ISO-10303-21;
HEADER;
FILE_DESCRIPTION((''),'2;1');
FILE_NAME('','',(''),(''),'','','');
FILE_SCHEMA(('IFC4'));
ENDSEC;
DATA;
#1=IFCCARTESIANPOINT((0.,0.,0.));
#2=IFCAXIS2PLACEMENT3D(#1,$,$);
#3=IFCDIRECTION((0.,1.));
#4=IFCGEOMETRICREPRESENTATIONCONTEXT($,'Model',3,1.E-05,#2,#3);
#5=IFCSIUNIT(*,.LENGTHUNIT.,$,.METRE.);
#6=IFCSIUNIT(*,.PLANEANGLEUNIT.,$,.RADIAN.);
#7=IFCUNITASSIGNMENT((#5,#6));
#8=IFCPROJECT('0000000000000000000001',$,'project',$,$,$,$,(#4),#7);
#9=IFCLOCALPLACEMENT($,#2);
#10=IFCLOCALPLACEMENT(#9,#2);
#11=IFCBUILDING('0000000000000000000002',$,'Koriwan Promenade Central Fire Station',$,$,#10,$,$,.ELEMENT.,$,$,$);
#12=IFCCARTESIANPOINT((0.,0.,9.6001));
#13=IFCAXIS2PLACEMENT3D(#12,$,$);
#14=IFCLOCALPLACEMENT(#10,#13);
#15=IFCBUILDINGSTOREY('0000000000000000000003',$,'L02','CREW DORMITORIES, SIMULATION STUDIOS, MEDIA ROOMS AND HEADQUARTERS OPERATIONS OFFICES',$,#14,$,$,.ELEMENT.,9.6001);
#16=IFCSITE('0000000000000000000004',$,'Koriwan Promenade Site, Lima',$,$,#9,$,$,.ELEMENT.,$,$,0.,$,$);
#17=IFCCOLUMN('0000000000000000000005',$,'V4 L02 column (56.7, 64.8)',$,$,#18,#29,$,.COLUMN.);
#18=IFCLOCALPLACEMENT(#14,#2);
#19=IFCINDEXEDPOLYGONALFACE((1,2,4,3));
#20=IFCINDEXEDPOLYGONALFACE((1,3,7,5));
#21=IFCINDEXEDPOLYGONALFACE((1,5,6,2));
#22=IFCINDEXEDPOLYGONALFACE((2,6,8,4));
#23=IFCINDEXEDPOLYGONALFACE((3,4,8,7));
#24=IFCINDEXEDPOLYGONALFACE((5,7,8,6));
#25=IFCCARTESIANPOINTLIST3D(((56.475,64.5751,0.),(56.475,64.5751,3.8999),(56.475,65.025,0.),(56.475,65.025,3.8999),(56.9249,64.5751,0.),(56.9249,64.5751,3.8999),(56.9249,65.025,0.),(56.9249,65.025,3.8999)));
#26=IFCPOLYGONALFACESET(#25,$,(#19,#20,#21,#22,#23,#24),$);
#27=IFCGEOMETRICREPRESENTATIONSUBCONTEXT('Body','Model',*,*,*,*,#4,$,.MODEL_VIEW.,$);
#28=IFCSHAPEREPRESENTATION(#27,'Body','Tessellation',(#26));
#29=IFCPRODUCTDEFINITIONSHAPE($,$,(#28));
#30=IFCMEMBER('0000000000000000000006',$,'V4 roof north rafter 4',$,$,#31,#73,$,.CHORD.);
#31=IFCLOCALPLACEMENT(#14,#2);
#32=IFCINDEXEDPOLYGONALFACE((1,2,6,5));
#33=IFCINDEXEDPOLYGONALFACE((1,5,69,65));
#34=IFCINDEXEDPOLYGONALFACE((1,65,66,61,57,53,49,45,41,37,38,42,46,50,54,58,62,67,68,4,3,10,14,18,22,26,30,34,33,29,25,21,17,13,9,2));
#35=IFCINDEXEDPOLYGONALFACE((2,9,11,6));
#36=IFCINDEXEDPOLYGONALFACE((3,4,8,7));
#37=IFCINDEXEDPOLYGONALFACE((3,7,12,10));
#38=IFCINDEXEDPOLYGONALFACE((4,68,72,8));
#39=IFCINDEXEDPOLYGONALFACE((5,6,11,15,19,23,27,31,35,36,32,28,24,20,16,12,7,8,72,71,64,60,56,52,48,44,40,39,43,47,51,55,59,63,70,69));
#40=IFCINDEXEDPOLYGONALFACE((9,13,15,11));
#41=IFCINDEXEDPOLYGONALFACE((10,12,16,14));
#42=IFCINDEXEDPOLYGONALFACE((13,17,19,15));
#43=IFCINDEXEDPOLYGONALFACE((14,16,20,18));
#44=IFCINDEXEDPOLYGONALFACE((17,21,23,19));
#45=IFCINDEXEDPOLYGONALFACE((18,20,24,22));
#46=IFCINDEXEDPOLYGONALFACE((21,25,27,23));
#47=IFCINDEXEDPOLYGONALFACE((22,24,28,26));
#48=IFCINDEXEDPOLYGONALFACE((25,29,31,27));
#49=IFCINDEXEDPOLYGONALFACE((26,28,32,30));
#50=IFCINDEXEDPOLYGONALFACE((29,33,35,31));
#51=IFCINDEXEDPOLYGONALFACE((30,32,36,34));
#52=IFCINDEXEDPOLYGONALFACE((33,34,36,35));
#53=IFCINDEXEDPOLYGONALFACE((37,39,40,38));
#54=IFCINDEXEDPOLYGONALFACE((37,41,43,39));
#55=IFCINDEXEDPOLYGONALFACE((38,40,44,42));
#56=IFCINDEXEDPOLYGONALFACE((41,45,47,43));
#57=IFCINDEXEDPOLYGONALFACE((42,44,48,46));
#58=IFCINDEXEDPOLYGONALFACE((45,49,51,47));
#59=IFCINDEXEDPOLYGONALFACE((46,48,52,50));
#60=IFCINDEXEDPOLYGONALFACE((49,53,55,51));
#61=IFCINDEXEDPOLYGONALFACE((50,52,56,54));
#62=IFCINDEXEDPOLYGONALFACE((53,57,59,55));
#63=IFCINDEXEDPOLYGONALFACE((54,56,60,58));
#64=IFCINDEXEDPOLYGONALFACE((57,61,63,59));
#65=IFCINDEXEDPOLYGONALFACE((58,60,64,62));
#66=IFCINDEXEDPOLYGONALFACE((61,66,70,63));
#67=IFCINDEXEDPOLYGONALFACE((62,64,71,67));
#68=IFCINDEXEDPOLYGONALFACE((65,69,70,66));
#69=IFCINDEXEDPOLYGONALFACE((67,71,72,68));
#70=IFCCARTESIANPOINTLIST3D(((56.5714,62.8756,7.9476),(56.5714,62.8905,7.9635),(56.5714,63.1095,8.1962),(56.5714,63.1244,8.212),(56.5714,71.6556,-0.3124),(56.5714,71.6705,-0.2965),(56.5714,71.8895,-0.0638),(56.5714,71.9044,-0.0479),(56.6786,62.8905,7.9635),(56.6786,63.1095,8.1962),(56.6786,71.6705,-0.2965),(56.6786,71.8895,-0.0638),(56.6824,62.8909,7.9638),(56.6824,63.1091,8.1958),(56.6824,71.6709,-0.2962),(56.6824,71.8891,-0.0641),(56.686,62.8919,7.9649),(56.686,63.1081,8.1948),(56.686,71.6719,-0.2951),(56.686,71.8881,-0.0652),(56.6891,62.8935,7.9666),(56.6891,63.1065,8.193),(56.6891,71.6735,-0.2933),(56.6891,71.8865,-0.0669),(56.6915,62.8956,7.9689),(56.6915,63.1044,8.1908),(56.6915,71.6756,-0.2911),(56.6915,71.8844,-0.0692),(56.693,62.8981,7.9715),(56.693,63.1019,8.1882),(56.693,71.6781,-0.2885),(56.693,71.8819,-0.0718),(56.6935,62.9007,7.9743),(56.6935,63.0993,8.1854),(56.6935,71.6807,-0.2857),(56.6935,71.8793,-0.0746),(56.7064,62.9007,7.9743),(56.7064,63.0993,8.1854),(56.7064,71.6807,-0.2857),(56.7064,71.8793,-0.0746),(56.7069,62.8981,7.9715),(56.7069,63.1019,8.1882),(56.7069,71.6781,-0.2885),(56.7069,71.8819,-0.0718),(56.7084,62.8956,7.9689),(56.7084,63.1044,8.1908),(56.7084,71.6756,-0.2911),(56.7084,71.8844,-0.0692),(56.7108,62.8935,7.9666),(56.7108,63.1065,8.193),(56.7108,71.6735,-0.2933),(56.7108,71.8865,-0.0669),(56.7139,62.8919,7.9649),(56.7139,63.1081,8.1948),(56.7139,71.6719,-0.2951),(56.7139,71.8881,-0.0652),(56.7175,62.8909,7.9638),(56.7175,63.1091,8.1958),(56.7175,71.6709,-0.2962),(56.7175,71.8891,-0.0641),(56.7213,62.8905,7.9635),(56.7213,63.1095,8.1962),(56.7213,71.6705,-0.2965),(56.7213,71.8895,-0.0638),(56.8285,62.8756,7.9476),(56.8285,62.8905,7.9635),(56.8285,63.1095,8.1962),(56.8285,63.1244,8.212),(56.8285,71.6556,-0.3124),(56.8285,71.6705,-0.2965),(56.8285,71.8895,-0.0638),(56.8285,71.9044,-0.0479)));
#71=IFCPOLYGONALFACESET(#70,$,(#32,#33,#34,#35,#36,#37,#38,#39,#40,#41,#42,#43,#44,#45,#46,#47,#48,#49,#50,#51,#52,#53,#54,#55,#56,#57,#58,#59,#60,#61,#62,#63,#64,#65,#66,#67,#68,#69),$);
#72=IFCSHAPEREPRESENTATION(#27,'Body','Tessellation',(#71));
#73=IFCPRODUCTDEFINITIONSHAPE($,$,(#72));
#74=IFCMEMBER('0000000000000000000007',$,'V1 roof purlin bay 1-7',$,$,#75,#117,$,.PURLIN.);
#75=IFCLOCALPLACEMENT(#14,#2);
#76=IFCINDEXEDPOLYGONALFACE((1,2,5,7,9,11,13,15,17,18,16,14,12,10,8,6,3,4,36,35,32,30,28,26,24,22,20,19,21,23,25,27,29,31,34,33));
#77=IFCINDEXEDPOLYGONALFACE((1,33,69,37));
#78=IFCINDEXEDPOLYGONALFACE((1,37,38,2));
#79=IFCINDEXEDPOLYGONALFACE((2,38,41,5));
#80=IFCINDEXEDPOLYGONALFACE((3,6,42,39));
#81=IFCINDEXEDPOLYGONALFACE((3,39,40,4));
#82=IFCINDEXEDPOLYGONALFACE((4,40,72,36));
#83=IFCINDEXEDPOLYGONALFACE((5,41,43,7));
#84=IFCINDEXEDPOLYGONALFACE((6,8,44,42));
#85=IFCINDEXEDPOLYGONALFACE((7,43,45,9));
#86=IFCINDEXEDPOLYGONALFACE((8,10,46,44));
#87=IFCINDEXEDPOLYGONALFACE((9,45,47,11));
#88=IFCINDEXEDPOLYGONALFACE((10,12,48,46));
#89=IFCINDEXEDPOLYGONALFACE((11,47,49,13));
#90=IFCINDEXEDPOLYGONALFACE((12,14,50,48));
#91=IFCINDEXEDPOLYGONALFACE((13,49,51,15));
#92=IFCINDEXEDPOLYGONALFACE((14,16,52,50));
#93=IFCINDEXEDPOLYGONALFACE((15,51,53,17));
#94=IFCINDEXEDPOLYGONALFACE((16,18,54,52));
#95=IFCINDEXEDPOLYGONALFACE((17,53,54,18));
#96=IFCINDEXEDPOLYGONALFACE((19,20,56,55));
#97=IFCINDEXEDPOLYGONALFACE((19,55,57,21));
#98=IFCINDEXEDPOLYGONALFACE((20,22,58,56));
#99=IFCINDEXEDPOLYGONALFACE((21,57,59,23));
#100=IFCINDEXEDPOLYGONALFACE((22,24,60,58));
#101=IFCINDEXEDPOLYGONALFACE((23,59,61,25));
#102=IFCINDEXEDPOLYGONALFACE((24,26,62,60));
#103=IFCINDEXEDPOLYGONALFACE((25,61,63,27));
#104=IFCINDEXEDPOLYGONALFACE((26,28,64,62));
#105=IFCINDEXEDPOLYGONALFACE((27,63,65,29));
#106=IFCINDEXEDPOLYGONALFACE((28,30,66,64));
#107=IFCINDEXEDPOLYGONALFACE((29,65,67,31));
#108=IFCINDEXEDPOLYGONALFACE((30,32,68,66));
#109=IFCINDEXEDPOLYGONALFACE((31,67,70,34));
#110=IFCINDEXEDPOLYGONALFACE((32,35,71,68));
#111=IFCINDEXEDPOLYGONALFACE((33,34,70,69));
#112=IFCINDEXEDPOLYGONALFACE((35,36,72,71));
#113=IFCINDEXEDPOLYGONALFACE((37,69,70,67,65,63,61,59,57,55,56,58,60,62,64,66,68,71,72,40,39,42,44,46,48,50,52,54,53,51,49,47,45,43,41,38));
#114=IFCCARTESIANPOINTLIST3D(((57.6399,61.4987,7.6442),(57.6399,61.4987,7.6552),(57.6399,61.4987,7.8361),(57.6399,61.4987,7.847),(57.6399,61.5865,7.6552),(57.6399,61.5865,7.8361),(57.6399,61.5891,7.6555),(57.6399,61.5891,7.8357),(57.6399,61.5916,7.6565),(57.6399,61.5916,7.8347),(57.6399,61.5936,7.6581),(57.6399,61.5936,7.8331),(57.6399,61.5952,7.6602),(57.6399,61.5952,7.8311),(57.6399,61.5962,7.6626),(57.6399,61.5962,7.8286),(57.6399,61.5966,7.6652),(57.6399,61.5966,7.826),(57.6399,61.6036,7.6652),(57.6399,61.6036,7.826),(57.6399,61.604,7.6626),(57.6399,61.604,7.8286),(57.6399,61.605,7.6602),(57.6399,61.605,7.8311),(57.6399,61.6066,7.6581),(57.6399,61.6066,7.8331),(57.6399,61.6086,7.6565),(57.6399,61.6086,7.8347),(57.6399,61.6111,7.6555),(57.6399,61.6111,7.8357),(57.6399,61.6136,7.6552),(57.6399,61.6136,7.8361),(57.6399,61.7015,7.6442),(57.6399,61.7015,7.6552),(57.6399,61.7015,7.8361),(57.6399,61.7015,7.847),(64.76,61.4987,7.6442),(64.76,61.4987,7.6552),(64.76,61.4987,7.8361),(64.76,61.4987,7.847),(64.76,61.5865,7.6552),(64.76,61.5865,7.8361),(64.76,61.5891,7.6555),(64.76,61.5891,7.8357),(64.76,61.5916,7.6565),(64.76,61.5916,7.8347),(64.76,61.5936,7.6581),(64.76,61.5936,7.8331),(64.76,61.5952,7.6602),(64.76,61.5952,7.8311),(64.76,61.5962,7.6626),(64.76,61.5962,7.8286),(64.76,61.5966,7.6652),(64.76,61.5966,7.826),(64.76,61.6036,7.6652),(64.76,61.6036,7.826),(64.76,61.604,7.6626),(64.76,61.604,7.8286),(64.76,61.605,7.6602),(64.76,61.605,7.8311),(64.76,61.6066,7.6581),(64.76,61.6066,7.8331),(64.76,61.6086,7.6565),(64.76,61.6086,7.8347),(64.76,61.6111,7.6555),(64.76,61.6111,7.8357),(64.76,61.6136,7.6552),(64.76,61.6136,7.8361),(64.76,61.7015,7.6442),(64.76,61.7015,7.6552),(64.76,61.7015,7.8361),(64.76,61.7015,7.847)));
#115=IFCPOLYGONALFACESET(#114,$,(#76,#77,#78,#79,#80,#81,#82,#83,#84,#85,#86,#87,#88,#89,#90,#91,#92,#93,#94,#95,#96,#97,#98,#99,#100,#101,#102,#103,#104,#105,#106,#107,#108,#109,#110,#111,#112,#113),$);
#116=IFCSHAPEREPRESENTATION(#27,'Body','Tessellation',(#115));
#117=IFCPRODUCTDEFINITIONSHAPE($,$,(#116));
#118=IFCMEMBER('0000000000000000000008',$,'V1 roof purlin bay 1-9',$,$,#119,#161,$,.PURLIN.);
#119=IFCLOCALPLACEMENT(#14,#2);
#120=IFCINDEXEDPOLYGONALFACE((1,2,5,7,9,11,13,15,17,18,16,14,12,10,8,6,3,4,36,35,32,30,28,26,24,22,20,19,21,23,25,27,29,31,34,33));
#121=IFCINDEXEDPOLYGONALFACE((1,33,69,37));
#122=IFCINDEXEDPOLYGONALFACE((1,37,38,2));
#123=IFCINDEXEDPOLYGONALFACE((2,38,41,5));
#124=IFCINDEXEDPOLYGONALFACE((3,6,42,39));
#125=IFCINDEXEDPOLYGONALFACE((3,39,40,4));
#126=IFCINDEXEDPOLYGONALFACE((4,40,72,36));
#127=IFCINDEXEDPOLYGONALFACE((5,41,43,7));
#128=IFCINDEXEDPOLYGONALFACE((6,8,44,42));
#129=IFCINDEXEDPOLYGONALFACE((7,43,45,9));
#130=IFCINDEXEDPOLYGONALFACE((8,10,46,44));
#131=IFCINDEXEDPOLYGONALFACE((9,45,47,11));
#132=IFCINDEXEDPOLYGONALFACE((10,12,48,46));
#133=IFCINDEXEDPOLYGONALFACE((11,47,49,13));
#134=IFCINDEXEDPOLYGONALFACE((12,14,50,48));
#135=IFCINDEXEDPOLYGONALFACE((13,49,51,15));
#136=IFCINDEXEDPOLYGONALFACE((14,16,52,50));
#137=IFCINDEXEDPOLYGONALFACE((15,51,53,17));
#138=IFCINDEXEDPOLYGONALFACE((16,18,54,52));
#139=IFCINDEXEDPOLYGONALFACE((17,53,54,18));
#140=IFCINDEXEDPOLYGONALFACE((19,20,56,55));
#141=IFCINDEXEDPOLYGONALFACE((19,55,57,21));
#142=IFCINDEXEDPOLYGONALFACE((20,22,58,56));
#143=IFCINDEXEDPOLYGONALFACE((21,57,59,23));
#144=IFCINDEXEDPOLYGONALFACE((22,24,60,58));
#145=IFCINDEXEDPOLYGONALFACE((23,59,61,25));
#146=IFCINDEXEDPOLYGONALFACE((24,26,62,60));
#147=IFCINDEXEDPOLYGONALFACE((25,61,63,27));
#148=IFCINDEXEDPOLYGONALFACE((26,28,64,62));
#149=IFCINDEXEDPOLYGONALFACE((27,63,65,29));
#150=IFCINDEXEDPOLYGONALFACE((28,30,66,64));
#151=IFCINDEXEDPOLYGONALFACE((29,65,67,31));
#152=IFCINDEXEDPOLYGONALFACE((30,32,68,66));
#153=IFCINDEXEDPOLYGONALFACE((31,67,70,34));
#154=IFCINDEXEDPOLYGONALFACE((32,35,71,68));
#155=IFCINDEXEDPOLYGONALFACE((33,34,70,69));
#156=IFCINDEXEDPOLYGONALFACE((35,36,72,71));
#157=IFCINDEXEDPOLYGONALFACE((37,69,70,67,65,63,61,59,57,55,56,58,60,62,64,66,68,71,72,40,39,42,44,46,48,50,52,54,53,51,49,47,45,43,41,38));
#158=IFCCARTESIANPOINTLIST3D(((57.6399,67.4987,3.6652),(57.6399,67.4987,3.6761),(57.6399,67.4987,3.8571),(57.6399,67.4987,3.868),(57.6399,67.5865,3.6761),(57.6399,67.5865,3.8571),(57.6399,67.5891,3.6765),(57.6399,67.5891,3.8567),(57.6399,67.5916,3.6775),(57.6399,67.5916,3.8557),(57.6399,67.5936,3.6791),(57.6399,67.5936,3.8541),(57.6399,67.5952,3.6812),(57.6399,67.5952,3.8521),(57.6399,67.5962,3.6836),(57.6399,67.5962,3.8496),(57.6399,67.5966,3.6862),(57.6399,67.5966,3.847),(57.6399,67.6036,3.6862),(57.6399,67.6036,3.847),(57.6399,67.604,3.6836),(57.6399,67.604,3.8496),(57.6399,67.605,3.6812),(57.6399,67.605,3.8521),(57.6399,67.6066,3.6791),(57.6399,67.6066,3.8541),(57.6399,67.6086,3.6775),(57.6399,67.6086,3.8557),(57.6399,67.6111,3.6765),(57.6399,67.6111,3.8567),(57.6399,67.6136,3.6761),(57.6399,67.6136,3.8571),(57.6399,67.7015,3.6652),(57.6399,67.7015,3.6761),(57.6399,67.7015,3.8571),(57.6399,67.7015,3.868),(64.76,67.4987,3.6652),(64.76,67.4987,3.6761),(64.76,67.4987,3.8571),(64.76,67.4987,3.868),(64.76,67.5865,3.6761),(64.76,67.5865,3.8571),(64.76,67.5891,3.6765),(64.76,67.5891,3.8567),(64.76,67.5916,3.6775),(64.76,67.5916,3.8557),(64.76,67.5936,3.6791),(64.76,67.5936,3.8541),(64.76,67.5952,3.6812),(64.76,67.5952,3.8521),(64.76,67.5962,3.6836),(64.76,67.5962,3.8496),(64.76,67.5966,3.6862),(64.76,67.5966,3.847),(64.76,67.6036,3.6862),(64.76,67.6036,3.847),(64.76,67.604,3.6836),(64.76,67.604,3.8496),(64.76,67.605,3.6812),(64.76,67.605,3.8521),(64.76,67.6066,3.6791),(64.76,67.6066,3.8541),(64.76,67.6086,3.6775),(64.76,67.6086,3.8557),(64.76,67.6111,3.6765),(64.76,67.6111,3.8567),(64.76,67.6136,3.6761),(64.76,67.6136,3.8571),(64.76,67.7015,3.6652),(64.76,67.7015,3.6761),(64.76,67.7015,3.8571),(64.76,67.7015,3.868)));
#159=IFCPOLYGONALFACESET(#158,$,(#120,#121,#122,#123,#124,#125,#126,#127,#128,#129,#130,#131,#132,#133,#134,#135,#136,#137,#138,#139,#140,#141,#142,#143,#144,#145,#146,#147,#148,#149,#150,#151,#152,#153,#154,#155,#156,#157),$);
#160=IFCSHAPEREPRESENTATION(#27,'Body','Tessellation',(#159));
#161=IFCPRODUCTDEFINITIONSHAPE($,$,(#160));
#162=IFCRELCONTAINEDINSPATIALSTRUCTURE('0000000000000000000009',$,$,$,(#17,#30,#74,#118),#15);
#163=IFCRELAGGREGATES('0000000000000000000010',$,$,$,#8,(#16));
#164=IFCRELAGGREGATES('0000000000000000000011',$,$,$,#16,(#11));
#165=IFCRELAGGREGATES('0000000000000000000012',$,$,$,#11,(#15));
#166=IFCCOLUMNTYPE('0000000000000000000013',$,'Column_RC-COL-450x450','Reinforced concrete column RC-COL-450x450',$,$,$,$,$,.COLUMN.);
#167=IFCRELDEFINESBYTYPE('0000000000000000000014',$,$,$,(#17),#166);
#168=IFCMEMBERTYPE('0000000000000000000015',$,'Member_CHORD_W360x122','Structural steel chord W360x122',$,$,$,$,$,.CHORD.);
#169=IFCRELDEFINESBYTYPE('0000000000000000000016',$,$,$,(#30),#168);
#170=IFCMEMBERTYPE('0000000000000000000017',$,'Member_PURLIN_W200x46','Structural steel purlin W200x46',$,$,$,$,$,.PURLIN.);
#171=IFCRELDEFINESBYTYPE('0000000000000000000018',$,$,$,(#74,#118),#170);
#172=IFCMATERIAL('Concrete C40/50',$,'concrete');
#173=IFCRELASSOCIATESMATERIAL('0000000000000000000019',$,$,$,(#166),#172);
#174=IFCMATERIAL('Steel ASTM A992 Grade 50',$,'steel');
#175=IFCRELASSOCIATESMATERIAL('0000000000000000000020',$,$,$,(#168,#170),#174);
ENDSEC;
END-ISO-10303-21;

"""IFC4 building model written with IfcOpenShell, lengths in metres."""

from ifc_helpers import new_model, si_unit, direction, frame, origin, origin_2d, place, context, subcontext, project, spatial, rectangle, i_section, extrude, material, material_profile, profile_set, type_object, element, save


model = new_model("IFC4")

# Units and contexts
model_context = context("Model", 3, precision=1e-05, world=origin(), true_north=direction((0.0, 1.0)))
body_context = subcontext(model_context, "Body", "Model", "MODEL_VIEW")
ifc_project = project(units=[si_unit("LENGTHUNIT", "METRE"), si_unit("PLANEANGLEUNIT", "RADIAN")], contexts=[model_context])

# Site, building, storey
site_placement = place(None, origin())
site = spatial("IfcSite", under=ifc_project, at=site_placement, Name="Koriwan Promenade Site, Lima", CompositionType="ELEMENT", RefElevation=0.0)
building_placement = place(site_placement, origin())
building = spatial("IfcBuilding", under=site, at=building_placement, Name="Koriwan Promenade Central Fire Station", CompositionType="ELEMENT")
storey_placement = place(building_placement, frame((0.0, 0.0, 9.6001)))
storey = spatial("IfcBuildingStorey", under=building, at=storey_placement, Name="L02", Description="CREW DORMITORIES, SIMULATION STUDIOS, MEDIA ROOMS AND HEADQUARTERS OPERATIONS OFFICES", CompositionType="ELEMENT", Elevation=9.6001)

# Column
ifc_material_1 = material(Name="Concrete C40/50", Category="concrete")
ifc_material_profile_1 = material_profile(ifc_material_1, rectangle(XDim=0.45, YDim=0.45, at=origin_2d()), Name="RC-COL-450x450")
ifc_profile_set_1 = profile_set([ifc_material_profile_1], Name="Concrete C40/50")
column_type = type_object("IfcColumnType", Name="Column_RC-COL-450x450", Description="Reinforced concrete column RC-COL-450x450", PredefinedType="COLUMN", material=ifc_profile_set_1)
column_placement = place(storey_placement, frame((56.7, 64.8, 0.0), z_axis=(0.0, 0.0, 1.0), x_axis=(1.0, 0.0, 0.0)))
element("IfcColumn", 1, at=column_placement, inside=storey, type_object=column_type, Name="V4 L02 column (56.7, 64.8)", PredefinedType="COLUMN", context=body_context, shape_type="SweptSolid", body=[
    extrude(rectangle(XDim=0.45, YDim=0.45, at=origin_2d()), origin(), (0.0, 0.0, 1.0), 3.8999),
])

# Members
ifc_material_2 = material(Name="Steel ASTM A992 Grade 50", Category="steel")
ifc_material_profile_2 = material_profile(ifc_material_2, i_section(OverallWidth=0.2571, OverallDepth=0.363, WebThickness=0.0129, FlangeThickness=0.0217, FilletRadius=0.0149, at=origin_2d()), Name="W360x122")
ifc_profile_set_2 = profile_set([ifc_material_profile_2], Name="Steel ASTM A992 Grade 50")
member_type_1 = type_object("IfcMemberType", Name="Member_CHORD_W360x122", Description="Structural steel chord W360x122", PredefinedType="CHORD", material=ifc_profile_set_2)
member_placement = place(storey_placement, frame((56.7, 63.0, 8.0798), z_axis=(0.0, 0.728347, -0.685209), x_axis=(-1.0, 0.0, 0.0)))
element("IfcMember", 2, at=member_placement, inside=storey, type_object=member_type_1, Name="V4 roof north rafter 4", PredefinedType="CHORD", context=body_context, shape_type="SweptSolid", body=[
    extrude(i_section(OverallWidth=0.2571, OverallDepth=0.363, WebThickness=0.0129, FlangeThickness=0.0217, FilletRadius=0.0149, at=origin_2d()), origin(), (0.0, 0.0, 1.0), 12.0547),
])
ifc_material_profile_3 = material_profile(ifc_material_2, i_section(OverallWidth=0.2029, OverallDepth=0.2029, WebThickness=0.0071, FlangeThickness=0.011, FilletRadius=0.01, at=origin_2d()), Name="W200x46")
ifc_profile_set_3 = profile_set([ifc_material_profile_3], Name="Steel ASTM A992 Grade 50")
member_type_2 = type_object("IfcMemberType", Name="Member_PURLIN_W200x46", Description="Structural steel purlin W200x46", PredefinedType="PURLIN", material=ifc_profile_set_3)
for number, where, z_axis, x_axis, name in (
    (3, (57.6399, 61.6001, 7.7456), (1.0, 0.0, 0.0), (0.0, 1.0, 0.0), "V1 roof purlin bay 1-7"),
    (4, (57.6399, 67.6001, 3.7666), (1.0, 0.0, 0.0), (0.0, 1.0, 0.0), "V1 roof purlin bay 1-9"),
):
    element("IfcMember", number, at=place(storey_placement, frame(where, z_axis=z_axis, x_axis=x_axis)), inside=storey, type_object=member_type_2, Name=name, PredefinedType="PURLIN", context=body_context, shape_type="SweptSolid", body=[
        extrude(i_section(OverallWidth=0.2029, OverallDepth=0.2029, WebThickness=0.0071, FlangeThickness=0.011, FilletRadius=0.01, at=origin_2d()), origin(), (0.0, 0.0, 1.0), 7.1201),
    ])

save(model, "model.ifc")
